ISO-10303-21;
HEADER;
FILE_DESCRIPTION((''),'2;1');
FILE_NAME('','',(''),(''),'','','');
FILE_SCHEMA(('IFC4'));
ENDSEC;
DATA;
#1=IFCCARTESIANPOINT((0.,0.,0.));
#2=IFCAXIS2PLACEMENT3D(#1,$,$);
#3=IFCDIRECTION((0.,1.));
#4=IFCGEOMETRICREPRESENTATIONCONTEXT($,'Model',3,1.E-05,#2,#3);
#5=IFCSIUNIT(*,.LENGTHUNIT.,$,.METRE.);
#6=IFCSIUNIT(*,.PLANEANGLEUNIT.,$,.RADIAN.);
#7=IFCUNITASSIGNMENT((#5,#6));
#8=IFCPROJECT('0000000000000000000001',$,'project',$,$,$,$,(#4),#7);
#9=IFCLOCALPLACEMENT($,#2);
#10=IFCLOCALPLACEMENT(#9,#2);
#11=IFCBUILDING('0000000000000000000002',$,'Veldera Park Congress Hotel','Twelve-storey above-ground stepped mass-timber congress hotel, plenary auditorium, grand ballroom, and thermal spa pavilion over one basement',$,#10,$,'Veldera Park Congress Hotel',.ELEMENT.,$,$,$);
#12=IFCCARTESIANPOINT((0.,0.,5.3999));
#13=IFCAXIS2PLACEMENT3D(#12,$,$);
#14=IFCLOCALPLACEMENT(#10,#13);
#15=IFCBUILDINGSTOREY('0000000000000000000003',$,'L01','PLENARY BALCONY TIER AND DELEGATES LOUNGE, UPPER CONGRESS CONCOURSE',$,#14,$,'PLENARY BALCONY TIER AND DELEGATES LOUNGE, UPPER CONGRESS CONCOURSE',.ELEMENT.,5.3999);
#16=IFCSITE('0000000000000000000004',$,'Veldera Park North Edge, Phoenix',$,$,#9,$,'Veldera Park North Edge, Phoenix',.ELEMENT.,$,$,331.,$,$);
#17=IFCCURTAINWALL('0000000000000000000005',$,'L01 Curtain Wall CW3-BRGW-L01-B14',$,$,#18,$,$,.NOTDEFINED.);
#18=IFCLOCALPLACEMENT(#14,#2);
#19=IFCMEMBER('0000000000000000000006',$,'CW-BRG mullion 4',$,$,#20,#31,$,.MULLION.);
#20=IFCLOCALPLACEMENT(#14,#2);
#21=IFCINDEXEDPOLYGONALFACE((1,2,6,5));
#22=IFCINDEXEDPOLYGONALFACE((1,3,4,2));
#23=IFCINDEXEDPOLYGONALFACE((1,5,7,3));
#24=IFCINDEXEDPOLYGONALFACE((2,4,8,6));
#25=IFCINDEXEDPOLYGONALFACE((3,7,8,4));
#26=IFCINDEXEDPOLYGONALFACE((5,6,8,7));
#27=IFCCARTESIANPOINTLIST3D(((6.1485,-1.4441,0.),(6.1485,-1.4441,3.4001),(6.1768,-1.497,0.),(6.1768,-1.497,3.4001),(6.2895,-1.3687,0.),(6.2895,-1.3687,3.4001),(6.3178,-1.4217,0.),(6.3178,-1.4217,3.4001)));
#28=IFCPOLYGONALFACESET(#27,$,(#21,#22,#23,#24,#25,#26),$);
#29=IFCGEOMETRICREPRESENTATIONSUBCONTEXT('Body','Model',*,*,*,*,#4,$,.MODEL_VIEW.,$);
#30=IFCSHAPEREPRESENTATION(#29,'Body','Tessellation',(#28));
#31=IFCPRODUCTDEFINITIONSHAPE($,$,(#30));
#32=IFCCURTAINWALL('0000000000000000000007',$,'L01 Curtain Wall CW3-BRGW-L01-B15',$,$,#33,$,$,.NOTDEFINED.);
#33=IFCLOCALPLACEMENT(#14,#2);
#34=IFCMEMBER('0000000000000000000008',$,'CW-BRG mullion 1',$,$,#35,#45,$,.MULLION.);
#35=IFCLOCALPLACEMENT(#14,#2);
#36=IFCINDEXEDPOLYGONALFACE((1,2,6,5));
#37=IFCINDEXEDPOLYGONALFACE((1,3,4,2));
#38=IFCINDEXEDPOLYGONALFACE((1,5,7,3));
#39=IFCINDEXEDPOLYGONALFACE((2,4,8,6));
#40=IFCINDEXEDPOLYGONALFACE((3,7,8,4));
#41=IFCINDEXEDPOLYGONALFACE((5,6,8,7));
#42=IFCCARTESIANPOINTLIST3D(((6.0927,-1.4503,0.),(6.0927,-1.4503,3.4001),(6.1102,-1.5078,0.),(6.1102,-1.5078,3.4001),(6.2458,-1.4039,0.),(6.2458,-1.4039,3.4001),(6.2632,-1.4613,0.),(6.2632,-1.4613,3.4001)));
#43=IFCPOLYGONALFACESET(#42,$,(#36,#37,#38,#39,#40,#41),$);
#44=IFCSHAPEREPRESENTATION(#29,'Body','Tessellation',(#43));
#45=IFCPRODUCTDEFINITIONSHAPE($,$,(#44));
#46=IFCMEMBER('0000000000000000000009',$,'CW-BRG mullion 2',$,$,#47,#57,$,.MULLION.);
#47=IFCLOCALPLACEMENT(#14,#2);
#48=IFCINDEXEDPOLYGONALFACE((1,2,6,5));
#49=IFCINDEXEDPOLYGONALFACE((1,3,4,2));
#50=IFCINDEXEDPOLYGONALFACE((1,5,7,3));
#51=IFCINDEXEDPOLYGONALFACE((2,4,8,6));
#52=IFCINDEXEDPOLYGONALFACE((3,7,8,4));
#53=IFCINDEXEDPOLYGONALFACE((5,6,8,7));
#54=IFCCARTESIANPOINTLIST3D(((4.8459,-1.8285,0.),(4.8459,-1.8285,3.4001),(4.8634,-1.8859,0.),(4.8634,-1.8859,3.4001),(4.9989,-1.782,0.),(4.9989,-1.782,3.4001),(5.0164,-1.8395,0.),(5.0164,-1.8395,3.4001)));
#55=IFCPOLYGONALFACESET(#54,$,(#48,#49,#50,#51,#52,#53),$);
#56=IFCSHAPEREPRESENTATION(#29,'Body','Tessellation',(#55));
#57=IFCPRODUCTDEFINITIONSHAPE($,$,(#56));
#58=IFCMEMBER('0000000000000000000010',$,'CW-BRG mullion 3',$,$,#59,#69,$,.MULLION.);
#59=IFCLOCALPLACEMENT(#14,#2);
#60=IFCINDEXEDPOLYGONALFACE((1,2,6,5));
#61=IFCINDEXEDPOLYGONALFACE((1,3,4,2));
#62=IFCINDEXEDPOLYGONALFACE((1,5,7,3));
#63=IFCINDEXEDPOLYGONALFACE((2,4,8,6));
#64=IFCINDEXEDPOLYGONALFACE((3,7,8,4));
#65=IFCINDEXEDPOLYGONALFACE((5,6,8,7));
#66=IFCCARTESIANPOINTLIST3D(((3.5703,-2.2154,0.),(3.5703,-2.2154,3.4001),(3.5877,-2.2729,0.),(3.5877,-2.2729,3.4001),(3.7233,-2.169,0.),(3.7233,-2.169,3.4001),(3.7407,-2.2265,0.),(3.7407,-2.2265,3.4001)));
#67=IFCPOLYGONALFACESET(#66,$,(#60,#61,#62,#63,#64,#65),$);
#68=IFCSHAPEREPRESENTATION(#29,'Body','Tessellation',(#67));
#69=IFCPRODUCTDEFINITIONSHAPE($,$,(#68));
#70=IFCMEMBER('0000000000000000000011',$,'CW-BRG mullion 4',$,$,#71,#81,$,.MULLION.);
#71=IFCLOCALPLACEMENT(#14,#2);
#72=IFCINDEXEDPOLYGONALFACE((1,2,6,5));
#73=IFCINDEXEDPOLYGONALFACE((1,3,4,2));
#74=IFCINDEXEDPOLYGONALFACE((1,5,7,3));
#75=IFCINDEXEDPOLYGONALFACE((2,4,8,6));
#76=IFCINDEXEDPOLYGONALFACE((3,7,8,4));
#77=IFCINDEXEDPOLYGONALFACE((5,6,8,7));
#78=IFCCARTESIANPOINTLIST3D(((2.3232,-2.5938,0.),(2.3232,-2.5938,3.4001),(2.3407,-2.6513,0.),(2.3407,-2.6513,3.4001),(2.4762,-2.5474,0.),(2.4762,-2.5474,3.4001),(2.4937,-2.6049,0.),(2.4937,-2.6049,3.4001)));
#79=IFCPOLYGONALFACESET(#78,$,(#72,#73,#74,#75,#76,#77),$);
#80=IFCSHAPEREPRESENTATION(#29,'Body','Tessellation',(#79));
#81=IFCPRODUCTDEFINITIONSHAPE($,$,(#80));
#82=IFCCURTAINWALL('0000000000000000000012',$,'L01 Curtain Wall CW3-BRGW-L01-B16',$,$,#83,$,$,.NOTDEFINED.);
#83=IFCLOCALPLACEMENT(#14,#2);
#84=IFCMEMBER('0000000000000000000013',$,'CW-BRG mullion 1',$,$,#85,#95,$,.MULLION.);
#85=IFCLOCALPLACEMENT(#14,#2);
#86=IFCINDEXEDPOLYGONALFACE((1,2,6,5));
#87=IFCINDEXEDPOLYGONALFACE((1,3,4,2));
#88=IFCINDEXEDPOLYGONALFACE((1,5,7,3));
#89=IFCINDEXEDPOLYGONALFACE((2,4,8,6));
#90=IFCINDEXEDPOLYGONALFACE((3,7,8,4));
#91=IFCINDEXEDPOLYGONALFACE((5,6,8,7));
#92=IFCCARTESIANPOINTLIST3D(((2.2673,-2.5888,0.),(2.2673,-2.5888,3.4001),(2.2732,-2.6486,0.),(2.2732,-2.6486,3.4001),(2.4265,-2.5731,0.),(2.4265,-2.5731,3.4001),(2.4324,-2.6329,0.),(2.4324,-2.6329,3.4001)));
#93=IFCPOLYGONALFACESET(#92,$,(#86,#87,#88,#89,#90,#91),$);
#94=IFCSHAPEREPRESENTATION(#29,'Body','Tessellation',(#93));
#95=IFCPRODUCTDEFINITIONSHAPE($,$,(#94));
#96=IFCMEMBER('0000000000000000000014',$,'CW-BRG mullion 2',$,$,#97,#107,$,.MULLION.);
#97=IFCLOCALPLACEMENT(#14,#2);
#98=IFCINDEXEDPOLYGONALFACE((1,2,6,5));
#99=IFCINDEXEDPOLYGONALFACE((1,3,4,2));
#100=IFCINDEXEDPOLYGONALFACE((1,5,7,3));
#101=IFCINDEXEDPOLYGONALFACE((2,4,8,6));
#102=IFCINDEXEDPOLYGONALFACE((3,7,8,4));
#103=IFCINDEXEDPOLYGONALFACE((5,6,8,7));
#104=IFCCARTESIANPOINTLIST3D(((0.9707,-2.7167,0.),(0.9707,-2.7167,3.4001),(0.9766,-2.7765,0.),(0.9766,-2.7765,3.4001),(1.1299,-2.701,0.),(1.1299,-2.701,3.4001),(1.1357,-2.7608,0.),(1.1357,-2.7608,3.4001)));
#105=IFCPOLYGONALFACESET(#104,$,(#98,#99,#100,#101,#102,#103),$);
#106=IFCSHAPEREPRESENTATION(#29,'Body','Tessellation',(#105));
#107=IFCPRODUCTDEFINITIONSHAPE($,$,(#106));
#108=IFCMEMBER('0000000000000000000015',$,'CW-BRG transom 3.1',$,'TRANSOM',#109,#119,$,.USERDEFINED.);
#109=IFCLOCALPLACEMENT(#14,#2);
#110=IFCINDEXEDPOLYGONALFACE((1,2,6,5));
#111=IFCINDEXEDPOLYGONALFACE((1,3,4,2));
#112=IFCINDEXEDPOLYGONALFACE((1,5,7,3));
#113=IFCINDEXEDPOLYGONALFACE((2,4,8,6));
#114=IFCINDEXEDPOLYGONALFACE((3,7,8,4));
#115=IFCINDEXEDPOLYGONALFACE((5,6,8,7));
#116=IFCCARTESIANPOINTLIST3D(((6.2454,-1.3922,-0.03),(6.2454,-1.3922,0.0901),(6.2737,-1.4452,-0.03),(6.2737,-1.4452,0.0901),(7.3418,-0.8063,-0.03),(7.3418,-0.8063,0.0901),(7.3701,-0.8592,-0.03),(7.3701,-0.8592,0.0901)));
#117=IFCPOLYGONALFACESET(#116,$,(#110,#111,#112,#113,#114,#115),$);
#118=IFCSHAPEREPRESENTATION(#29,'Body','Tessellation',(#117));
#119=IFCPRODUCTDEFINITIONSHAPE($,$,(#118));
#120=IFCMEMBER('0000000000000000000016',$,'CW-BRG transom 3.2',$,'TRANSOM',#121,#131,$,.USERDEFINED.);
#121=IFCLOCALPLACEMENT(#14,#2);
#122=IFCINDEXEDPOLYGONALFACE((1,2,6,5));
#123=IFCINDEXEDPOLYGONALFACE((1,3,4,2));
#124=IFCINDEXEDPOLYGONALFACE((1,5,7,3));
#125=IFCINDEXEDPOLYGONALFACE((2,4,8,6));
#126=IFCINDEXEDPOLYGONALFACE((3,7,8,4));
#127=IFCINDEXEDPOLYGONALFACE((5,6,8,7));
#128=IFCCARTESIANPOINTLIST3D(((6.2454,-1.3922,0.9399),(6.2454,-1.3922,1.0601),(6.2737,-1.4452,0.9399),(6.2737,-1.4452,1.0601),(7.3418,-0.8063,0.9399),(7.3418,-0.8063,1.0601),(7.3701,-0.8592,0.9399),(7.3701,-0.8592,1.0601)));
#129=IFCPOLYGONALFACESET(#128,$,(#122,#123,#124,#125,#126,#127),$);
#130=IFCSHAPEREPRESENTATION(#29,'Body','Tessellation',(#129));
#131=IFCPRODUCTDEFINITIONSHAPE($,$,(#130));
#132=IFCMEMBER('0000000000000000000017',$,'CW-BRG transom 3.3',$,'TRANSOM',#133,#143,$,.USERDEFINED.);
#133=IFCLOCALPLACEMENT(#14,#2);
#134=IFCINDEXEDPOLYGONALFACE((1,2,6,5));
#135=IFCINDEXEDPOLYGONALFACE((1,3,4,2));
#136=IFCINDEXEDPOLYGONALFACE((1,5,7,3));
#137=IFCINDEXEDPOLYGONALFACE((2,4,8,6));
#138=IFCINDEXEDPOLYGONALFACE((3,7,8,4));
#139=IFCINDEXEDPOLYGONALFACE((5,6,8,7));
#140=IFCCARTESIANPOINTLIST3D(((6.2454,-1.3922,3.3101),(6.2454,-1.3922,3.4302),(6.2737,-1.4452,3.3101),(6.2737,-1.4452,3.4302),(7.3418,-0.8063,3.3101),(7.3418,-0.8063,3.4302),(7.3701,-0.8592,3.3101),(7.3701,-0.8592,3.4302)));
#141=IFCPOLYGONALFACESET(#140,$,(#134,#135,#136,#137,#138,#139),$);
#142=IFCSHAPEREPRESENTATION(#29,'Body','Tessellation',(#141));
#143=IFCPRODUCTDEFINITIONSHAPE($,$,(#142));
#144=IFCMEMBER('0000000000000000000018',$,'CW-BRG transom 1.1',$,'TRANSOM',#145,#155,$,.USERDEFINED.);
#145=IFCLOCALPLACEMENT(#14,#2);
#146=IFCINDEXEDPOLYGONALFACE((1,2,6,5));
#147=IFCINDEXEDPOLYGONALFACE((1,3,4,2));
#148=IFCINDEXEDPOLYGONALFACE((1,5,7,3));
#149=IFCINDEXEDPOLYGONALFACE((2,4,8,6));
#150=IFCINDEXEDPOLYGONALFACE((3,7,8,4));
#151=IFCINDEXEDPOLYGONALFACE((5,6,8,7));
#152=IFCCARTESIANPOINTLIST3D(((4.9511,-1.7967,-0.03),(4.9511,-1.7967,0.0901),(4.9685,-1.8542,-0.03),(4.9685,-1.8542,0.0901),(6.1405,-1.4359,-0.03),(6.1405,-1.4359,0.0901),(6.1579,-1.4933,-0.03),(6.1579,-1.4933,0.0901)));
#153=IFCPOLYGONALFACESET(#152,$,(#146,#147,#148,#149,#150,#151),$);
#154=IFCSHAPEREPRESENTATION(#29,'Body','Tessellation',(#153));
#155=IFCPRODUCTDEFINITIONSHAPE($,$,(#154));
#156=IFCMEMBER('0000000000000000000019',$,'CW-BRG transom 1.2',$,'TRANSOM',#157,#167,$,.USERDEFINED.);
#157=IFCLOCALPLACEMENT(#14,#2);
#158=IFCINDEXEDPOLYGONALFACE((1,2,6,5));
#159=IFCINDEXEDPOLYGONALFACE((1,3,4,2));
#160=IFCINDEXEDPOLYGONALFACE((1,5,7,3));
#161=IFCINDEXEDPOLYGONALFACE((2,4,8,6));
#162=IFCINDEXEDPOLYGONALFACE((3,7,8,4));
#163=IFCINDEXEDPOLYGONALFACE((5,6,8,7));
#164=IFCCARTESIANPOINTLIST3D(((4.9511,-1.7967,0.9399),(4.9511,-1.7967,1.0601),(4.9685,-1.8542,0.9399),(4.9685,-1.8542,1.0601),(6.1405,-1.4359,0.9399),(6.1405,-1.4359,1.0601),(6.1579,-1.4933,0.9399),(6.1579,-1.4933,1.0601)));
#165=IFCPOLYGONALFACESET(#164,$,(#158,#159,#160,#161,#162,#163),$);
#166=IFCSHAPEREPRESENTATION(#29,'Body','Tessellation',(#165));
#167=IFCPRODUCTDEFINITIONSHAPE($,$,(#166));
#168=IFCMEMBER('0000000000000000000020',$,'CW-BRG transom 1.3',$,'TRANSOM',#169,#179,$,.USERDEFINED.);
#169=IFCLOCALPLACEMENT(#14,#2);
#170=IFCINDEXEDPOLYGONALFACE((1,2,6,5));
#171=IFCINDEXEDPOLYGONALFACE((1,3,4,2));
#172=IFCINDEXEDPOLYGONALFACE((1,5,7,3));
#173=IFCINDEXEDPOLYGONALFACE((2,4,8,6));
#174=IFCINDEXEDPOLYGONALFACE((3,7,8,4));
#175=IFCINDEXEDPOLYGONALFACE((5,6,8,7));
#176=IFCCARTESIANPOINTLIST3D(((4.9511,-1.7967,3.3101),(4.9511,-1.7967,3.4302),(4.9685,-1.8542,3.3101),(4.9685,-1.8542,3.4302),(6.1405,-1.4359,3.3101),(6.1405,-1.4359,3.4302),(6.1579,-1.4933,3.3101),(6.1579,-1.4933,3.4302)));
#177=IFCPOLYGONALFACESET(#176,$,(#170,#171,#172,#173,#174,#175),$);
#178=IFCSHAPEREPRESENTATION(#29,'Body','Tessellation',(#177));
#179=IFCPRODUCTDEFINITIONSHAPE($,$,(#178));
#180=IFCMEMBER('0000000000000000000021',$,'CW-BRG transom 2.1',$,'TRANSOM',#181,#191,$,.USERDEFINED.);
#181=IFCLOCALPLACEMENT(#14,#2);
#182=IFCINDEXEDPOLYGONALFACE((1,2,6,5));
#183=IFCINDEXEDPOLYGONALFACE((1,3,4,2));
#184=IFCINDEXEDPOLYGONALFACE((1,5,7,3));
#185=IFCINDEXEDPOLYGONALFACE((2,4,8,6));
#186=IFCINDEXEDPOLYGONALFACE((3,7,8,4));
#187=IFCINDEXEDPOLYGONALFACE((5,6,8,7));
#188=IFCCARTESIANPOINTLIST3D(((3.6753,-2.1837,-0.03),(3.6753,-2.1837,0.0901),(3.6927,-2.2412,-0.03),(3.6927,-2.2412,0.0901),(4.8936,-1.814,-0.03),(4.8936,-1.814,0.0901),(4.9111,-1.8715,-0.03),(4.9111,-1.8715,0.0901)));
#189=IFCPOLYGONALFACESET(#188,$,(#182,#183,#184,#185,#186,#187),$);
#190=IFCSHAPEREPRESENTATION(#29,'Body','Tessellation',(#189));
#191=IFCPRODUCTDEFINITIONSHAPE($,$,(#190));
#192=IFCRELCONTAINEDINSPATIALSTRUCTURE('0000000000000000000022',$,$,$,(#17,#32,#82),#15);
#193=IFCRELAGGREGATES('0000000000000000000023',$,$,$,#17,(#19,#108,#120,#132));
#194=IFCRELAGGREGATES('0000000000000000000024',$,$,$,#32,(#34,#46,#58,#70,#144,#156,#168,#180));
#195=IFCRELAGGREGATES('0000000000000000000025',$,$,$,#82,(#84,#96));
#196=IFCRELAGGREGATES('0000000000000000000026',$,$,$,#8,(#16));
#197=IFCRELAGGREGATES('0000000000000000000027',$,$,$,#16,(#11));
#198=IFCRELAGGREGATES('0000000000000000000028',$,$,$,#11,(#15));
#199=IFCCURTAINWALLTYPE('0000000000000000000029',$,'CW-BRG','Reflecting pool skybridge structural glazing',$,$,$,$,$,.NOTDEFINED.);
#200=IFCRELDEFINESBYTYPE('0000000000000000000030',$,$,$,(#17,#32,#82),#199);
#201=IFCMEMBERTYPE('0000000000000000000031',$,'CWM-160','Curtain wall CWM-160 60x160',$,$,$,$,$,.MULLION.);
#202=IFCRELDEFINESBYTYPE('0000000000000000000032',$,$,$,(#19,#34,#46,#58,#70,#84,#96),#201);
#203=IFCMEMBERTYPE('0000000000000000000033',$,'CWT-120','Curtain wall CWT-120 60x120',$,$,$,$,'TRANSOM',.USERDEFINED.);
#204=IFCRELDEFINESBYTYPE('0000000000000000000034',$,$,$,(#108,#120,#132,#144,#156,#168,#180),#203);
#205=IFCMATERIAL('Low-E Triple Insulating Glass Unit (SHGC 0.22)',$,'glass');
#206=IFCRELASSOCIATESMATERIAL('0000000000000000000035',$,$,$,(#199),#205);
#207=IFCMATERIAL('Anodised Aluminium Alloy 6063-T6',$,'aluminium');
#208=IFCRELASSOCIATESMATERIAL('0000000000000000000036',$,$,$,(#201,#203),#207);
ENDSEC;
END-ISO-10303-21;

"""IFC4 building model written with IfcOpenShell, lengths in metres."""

from ifc_helpers import new_model, si_unit, direction, frame, origin, origin_2d, place, context, subcontext, project, spatial, rectangle, extrude, material, material_profile, profile_set, type_object, element, aggregate, save


model = new_model("IFC4")

# Units and contexts
model_context = context("Model", 3, precision=1e-05, world=origin(), true_north=direction((0.0, 1.0)))
body_context = subcontext(model_context, "Body", "Model", "MODEL_VIEW")
ifc_project = project(units=[si_unit("LENGTHUNIT", "METRE"), si_unit("PLANEANGLEUNIT", "RADIAN")], contexts=[model_context])

# Site, building, storey
site_placement = place(None, origin())
site = spatial("IfcSite", under=ifc_project, at=site_placement, Name="Veldera Park North Edge, Phoenix", LongName="Veldera Park North Edge, Phoenix", CompositionType="ELEMENT", RefElevation=331.0)
building_placement = place(site_placement, origin())
building = spatial("IfcBuilding", under=site, at=building_placement, Name="Veldera Park Congress Hotel", Description="Twelve-storey above-ground stepped mass-timber congress hotel, plenary auditorium, grand ballroom, and thermal spa pavilion over one basement", LongName="Veldera Park Congress Hotel", CompositionType="ELEMENT")
storey_placement = place(building_placement, frame((0.0, 0.0, 5.3999)))
storey = spatial("IfcBuildingStorey", under=building, at=storey_placement, Name="L01", Description="PLENARY BALCONY TIER AND DELEGATES LOUNGE, UPPER CONGRESS CONCOURSE", LongName="PLENARY BALCONY TIER AND DELEGATES LOUNGE, UPPER CONGRESS CONCOURSE", CompositionType="ELEMENT", Elevation=5.3999)

# Curtain wall, member
ifc_material_1 = material(Name="Low-E Triple Insulating Glass Unit (SHGC 0.22)", Category="glass")
curtain_wall_type = type_object("IfcCurtainWallType", Name="CW-BRG", Description="Reflecting pool skybridge structural glazing", PredefinedType="NOTDEFINED", material=ifc_material_1)
curtain_wall_1_placement = place(storey_placement, origin())
curtain_wall_1 = element("IfcCurtainWall", 1, at=curtain_wall_1_placement, inside=storey, type_object=curtain_wall_type, Name="L01 Curtain Wall CW3-BRGW-L01-B14", PredefinedType="NOTDEFINED")
ifc_material_2 = material(Name="Anodised Aluminium Alloy 6063-T6", Category="aluminium")
ifc_material_profile_1 = material_profile(ifc_material_2, rectangle(XDim=0.0601, YDim=0.1599, at=origin_2d()), Name="ALU 60x160")
ifc_profile_set_1 = profile_set([ifc_material_profile_1], Name="Anodised Aluminium Alloy 6063-T6")
member_type_1 = type_object("IfcMemberType", Name="CWM-160", Description="Curtain wall CWM-160 60x160", PredefinedType="MULLION", material=ifc_profile_set_1)
member_1_placement = place(storey_placement, frame((6.2332, -1.4329, 0.0), z_axis=(0.0, 0.0, 1.0), x_axis=(0.471384, -0.881928, 0.0)))
member_1 = element("IfcMember", 2, at=member_1_placement, type_object=member_type_1, Name="CW-BRG mullion 4", PredefinedType="MULLION", context=body_context, shape_type="SweptSolid", body=[
    extrude(rectangle(XDim=0.0601, YDim=0.1599, at=origin_2d()), origin(), (0.0, 0.0, 1.0), 3.4001),
])

# Curtain walls, members
curtain_wall_2_placement = place(storey_placement, origin())
curtain_wall_2 = element("IfcCurtainWall", 3, at=curtain_wall_2_placement, inside=storey, type_object=curtain_wall_type, Name="L01 Curtain Wall CW3-BRGW-L01-B15", PredefinedType="NOTDEFINED")
member_2_placement = place(storey_placement, frame((6.178, -1.4558, 0.0), z_axis=(0.0, 0.0, 1.0), x_axis=(0.29029, -0.956939, 0.0)))
member_2 = element("IfcMember", 4, at=member_2_placement, type_object=member_type_1, Name="CW-BRG mullion 1", PredefinedType="MULLION", context=body_context, shape_type="SweptSolid", body=[
    extrude(rectangle(XDim=0.0601, YDim=0.1599, at=origin_2d()), origin(), (0.0, 0.0, 1.0), 3.4001),
])
member_3_placement = place(storey_placement, frame((4.9312, -1.834, 0.0), z_axis=(0.0, 0.0, 1.0), x_axis=(0.29029, -0.956939, 0.0)))
member_3 = element("IfcMember", 5, at=member_3_placement, type_object=member_type_1, Name="CW-BRG mullion 2", PredefinedType="MULLION", context=body_context, shape_type="SweptSolid", body=[
    extrude(rectangle(XDim=0.0601, YDim=0.1599, at=origin_2d()), origin(), (0.0, 0.0, 1.0), 3.4001),
])
member_4_placement = place(storey_placement, frame((3.6555, -2.2209, 0.0), z_axis=(0.0, 0.0, 1.0), x_axis=(0.29029, -0.956939, 0.0)))
member_4 = element("IfcMember", 6, at=member_4_placement, type_object=member_type_1, Name="CW-BRG mullion 3", PredefinedType="MULLION", context=body_context, shape_type="SweptSolid", body=[
    extrude(rectangle(XDim=0.0601, YDim=0.1599, at=origin_2d()), origin(), (0.0, 0.0, 1.0), 3.4001),
])
member_5_placement = place(storey_placement, frame((2.4084, -2.5994, 0.0), z_axis=(0.0, 0.0, 1.0), x_axis=(0.29029, -0.956939, 0.0)))
member_5 = element("IfcMember", 7, at=member_5_placement, type_object=member_type_1, Name="CW-BRG mullion 4", PredefinedType="MULLION", context=body_context, shape_type="SweptSolid", body=[
    extrude(rectangle(XDim=0.0601, YDim=0.1599, at=origin_2d()), origin(), (0.0, 0.0, 1.0), 3.4001),
])
curtain_wall_3_placement = place(storey_placement, origin())
curtain_wall_3 = element("IfcCurtainWall", 8, at=curtain_wall_3_placement, inside=storey, type_object=curtain_wall_type, Name="L01 Curtain Wall CW3-BRGW-L01-B16", PredefinedType="NOTDEFINED")
member_6_placement = place(storey_placement, frame((2.3499, -2.6108, 0.0), z_axis=(0.0, 0.0, 1.0), x_axis=(0.098023, -0.995184, 0.0)))
member_6 = element("IfcMember", 9, at=member_6_placement, type_object=member_type_1, Name="CW-BRG mullion 1", PredefinedType="MULLION", context=body_context, shape_type="SweptSolid", body=[
    extrude(rectangle(XDim=0.0601, YDim=0.1599, at=origin_2d()), origin(), (0.0, 0.0, 1.0), 3.4001),
])
member_7_placement = place(storey_placement, frame((1.0532, -2.7388, 0.0), z_axis=(0.0, 0.0, 1.0), x_axis=(0.098023, -0.995184, 0.0)))
member_7 = element("IfcMember", 10, at=member_7_placement, type_object=member_type_1, Name="CW-BRG mullion 2", PredefinedType="MULLION", context=body_context, shape_type="SweptSolid", body=[
    extrude(rectangle(XDim=0.0601, YDim=0.1599, at=origin_2d()), origin(), (0.0, 0.0, 1.0), 3.4001),
])

# Members
ifc_material_profile_2 = material_profile(ifc_material_2, rectangle(XDim=0.0601, YDim=0.1201, at=origin_2d()), Name="ALU 60x120")
ifc_profile_set_2 = profile_set([ifc_material_profile_2], Name="Anodised Aluminium Alloy 6063-T6")
member_type_2 = type_object("IfcMemberType", Name="CWT-120", Description="Curtain wall CWT-120 60x120", ElementType="TRANSOM", PredefinedType="USERDEFINED", material=ifc_profile_set_2)
member_8_placement = place(storey_placement, frame((7.356, -0.8328, 0.03), z_axis=(-0.881961, -0.471322, 0.0), x_axis=(0.471322, -0.881961, 0.0)))
member_8 = element("IfcMember", 11, at=member_8_placement, type_object=member_type_2, Name="CW-BRG transom 3.1", ObjectType="TRANSOM", PredefinedType="USERDEFINED", context=body_context, shape_type="SweptSolid", body=[
    extrude(rectangle(XDim=0.0601, YDim=0.1201, at=origin_2d()), origin(), (0.0, 0.0, 1.0), 1.2432),
])
member_9_placement = place(storey_placement, frame((7.356, -0.8328, 1.0), z_axis=(-0.881961, -0.471322, 0.0), x_axis=(0.471322, -0.881961, 0.0)))
member_9 = element("IfcMember", 12, at=member_9_placement, type_object=member_type_2, Name="CW-BRG transom 3.2", ObjectType="TRANSOM", PredefinedType="USERDEFINED", context=body_context, shape_type="SweptSolid", body=[
    extrude(rectangle(XDim=0.0601, YDim=0.1201, at=origin_2d()), origin(), (0.0, 0.0, 1.0), 1.2432),
])
member_10_placement = place(storey_placement, frame((7.356, -0.8328, 3.3701), z_axis=(-0.881961, -0.471322, 0.0), x_axis=(0.471322, -0.881961, 0.0)))
member_10 = element("IfcMember", 13, at=member_10_placement, type_object=member_type_2, Name="CW-BRG transom 3.3", ObjectType="TRANSOM", PredefinedType="USERDEFINED", context=body_context, shape_type="SweptSolid", body=[
    extrude(rectangle(XDim=0.0601, YDim=0.1201, at=origin_2d()), origin(), (0.0, 0.0, 1.0), 1.2432),
])
member_11_placement = place(storey_placement, frame((6.1492, -1.4646, 0.03), z_axis=(-0.956935, -0.290302, 0.0), x_axis=(0.290302, -0.956935, 0.0)))
member_11 = element("IfcMember", 14, at=member_11_placement, type_object=member_type_2, Name="CW-BRG transom 1.1", ObjectType="TRANSOM", PredefinedType="USERDEFINED", context=body_context, shape_type="SweptSolid", body=[
    extrude(rectangle(XDim=0.0601, YDim=0.1201, at=origin_2d()), origin(), (0.0, 0.0, 1.0), 1.2429),
])
member_12_placement = place(storey_placement, frame((6.1492, -1.4646, 1.0), z_axis=(-0.956935, -0.290302, 0.0), x_axis=(0.290302, -0.956935, 0.0)))
member_12 = element("IfcMember", 15, at=member_12_placement, type_object=member_type_2, Name="CW-BRG transom 1.2", ObjectType="TRANSOM", PredefinedType="USERDEFINED", context=body_context, shape_type="SweptSolid", body=[
    extrude(rectangle(XDim=0.0601, YDim=0.1201, at=origin_2d()), origin(), (0.0, 0.0, 1.0), 1.2429),
])
member_13_placement = place(storey_placement, frame((6.1492, -1.4646, 3.3701), z_axis=(-0.956935, -0.290302, 0.0), x_axis=(0.290302, -0.956935, 0.0)))
member_13 = element("IfcMember", 16, at=member_13_placement, type_object=member_type_2, Name="CW-BRG transom 1.3", ObjectType="TRANSOM", PredefinedType="USERDEFINED", context=body_context, shape_type="SweptSolid", body=[
    extrude(rectangle(XDim=0.0601, YDim=0.1201, at=origin_2d()), origin(), (0.0, 0.0, 1.0), 1.2429),
])
member_14_placement = place(storey_placement, frame((4.9023, -1.8428, 0.03), z_axis=(-0.956924, -0.290337, 0.0), x_axis=(0.290337, -0.956924, 0.0)))
member_14 = element("IfcMember", 17, at=member_14_placement, type_object=member_type_2, Name="CW-BRG transom 2.1", ObjectType="TRANSOM", PredefinedType="USERDEFINED", context=body_context, shape_type="SweptSolid", body=[
    extrude(rectangle(XDim=0.0601, YDim=0.1201, at=origin_2d()), origin(), (0.0, 0.0, 1.0), 1.2732),
])

aggregate(curtain_wall_1, [member_1, member_8, member_9, member_10])
aggregate(curtain_wall_2, [member_2, member_3, member_4, member_5, member_11, member_12, member_13, member_14])
aggregate(curtain_wall_3, [member_6, member_7])

save(model, "model.ifc")
